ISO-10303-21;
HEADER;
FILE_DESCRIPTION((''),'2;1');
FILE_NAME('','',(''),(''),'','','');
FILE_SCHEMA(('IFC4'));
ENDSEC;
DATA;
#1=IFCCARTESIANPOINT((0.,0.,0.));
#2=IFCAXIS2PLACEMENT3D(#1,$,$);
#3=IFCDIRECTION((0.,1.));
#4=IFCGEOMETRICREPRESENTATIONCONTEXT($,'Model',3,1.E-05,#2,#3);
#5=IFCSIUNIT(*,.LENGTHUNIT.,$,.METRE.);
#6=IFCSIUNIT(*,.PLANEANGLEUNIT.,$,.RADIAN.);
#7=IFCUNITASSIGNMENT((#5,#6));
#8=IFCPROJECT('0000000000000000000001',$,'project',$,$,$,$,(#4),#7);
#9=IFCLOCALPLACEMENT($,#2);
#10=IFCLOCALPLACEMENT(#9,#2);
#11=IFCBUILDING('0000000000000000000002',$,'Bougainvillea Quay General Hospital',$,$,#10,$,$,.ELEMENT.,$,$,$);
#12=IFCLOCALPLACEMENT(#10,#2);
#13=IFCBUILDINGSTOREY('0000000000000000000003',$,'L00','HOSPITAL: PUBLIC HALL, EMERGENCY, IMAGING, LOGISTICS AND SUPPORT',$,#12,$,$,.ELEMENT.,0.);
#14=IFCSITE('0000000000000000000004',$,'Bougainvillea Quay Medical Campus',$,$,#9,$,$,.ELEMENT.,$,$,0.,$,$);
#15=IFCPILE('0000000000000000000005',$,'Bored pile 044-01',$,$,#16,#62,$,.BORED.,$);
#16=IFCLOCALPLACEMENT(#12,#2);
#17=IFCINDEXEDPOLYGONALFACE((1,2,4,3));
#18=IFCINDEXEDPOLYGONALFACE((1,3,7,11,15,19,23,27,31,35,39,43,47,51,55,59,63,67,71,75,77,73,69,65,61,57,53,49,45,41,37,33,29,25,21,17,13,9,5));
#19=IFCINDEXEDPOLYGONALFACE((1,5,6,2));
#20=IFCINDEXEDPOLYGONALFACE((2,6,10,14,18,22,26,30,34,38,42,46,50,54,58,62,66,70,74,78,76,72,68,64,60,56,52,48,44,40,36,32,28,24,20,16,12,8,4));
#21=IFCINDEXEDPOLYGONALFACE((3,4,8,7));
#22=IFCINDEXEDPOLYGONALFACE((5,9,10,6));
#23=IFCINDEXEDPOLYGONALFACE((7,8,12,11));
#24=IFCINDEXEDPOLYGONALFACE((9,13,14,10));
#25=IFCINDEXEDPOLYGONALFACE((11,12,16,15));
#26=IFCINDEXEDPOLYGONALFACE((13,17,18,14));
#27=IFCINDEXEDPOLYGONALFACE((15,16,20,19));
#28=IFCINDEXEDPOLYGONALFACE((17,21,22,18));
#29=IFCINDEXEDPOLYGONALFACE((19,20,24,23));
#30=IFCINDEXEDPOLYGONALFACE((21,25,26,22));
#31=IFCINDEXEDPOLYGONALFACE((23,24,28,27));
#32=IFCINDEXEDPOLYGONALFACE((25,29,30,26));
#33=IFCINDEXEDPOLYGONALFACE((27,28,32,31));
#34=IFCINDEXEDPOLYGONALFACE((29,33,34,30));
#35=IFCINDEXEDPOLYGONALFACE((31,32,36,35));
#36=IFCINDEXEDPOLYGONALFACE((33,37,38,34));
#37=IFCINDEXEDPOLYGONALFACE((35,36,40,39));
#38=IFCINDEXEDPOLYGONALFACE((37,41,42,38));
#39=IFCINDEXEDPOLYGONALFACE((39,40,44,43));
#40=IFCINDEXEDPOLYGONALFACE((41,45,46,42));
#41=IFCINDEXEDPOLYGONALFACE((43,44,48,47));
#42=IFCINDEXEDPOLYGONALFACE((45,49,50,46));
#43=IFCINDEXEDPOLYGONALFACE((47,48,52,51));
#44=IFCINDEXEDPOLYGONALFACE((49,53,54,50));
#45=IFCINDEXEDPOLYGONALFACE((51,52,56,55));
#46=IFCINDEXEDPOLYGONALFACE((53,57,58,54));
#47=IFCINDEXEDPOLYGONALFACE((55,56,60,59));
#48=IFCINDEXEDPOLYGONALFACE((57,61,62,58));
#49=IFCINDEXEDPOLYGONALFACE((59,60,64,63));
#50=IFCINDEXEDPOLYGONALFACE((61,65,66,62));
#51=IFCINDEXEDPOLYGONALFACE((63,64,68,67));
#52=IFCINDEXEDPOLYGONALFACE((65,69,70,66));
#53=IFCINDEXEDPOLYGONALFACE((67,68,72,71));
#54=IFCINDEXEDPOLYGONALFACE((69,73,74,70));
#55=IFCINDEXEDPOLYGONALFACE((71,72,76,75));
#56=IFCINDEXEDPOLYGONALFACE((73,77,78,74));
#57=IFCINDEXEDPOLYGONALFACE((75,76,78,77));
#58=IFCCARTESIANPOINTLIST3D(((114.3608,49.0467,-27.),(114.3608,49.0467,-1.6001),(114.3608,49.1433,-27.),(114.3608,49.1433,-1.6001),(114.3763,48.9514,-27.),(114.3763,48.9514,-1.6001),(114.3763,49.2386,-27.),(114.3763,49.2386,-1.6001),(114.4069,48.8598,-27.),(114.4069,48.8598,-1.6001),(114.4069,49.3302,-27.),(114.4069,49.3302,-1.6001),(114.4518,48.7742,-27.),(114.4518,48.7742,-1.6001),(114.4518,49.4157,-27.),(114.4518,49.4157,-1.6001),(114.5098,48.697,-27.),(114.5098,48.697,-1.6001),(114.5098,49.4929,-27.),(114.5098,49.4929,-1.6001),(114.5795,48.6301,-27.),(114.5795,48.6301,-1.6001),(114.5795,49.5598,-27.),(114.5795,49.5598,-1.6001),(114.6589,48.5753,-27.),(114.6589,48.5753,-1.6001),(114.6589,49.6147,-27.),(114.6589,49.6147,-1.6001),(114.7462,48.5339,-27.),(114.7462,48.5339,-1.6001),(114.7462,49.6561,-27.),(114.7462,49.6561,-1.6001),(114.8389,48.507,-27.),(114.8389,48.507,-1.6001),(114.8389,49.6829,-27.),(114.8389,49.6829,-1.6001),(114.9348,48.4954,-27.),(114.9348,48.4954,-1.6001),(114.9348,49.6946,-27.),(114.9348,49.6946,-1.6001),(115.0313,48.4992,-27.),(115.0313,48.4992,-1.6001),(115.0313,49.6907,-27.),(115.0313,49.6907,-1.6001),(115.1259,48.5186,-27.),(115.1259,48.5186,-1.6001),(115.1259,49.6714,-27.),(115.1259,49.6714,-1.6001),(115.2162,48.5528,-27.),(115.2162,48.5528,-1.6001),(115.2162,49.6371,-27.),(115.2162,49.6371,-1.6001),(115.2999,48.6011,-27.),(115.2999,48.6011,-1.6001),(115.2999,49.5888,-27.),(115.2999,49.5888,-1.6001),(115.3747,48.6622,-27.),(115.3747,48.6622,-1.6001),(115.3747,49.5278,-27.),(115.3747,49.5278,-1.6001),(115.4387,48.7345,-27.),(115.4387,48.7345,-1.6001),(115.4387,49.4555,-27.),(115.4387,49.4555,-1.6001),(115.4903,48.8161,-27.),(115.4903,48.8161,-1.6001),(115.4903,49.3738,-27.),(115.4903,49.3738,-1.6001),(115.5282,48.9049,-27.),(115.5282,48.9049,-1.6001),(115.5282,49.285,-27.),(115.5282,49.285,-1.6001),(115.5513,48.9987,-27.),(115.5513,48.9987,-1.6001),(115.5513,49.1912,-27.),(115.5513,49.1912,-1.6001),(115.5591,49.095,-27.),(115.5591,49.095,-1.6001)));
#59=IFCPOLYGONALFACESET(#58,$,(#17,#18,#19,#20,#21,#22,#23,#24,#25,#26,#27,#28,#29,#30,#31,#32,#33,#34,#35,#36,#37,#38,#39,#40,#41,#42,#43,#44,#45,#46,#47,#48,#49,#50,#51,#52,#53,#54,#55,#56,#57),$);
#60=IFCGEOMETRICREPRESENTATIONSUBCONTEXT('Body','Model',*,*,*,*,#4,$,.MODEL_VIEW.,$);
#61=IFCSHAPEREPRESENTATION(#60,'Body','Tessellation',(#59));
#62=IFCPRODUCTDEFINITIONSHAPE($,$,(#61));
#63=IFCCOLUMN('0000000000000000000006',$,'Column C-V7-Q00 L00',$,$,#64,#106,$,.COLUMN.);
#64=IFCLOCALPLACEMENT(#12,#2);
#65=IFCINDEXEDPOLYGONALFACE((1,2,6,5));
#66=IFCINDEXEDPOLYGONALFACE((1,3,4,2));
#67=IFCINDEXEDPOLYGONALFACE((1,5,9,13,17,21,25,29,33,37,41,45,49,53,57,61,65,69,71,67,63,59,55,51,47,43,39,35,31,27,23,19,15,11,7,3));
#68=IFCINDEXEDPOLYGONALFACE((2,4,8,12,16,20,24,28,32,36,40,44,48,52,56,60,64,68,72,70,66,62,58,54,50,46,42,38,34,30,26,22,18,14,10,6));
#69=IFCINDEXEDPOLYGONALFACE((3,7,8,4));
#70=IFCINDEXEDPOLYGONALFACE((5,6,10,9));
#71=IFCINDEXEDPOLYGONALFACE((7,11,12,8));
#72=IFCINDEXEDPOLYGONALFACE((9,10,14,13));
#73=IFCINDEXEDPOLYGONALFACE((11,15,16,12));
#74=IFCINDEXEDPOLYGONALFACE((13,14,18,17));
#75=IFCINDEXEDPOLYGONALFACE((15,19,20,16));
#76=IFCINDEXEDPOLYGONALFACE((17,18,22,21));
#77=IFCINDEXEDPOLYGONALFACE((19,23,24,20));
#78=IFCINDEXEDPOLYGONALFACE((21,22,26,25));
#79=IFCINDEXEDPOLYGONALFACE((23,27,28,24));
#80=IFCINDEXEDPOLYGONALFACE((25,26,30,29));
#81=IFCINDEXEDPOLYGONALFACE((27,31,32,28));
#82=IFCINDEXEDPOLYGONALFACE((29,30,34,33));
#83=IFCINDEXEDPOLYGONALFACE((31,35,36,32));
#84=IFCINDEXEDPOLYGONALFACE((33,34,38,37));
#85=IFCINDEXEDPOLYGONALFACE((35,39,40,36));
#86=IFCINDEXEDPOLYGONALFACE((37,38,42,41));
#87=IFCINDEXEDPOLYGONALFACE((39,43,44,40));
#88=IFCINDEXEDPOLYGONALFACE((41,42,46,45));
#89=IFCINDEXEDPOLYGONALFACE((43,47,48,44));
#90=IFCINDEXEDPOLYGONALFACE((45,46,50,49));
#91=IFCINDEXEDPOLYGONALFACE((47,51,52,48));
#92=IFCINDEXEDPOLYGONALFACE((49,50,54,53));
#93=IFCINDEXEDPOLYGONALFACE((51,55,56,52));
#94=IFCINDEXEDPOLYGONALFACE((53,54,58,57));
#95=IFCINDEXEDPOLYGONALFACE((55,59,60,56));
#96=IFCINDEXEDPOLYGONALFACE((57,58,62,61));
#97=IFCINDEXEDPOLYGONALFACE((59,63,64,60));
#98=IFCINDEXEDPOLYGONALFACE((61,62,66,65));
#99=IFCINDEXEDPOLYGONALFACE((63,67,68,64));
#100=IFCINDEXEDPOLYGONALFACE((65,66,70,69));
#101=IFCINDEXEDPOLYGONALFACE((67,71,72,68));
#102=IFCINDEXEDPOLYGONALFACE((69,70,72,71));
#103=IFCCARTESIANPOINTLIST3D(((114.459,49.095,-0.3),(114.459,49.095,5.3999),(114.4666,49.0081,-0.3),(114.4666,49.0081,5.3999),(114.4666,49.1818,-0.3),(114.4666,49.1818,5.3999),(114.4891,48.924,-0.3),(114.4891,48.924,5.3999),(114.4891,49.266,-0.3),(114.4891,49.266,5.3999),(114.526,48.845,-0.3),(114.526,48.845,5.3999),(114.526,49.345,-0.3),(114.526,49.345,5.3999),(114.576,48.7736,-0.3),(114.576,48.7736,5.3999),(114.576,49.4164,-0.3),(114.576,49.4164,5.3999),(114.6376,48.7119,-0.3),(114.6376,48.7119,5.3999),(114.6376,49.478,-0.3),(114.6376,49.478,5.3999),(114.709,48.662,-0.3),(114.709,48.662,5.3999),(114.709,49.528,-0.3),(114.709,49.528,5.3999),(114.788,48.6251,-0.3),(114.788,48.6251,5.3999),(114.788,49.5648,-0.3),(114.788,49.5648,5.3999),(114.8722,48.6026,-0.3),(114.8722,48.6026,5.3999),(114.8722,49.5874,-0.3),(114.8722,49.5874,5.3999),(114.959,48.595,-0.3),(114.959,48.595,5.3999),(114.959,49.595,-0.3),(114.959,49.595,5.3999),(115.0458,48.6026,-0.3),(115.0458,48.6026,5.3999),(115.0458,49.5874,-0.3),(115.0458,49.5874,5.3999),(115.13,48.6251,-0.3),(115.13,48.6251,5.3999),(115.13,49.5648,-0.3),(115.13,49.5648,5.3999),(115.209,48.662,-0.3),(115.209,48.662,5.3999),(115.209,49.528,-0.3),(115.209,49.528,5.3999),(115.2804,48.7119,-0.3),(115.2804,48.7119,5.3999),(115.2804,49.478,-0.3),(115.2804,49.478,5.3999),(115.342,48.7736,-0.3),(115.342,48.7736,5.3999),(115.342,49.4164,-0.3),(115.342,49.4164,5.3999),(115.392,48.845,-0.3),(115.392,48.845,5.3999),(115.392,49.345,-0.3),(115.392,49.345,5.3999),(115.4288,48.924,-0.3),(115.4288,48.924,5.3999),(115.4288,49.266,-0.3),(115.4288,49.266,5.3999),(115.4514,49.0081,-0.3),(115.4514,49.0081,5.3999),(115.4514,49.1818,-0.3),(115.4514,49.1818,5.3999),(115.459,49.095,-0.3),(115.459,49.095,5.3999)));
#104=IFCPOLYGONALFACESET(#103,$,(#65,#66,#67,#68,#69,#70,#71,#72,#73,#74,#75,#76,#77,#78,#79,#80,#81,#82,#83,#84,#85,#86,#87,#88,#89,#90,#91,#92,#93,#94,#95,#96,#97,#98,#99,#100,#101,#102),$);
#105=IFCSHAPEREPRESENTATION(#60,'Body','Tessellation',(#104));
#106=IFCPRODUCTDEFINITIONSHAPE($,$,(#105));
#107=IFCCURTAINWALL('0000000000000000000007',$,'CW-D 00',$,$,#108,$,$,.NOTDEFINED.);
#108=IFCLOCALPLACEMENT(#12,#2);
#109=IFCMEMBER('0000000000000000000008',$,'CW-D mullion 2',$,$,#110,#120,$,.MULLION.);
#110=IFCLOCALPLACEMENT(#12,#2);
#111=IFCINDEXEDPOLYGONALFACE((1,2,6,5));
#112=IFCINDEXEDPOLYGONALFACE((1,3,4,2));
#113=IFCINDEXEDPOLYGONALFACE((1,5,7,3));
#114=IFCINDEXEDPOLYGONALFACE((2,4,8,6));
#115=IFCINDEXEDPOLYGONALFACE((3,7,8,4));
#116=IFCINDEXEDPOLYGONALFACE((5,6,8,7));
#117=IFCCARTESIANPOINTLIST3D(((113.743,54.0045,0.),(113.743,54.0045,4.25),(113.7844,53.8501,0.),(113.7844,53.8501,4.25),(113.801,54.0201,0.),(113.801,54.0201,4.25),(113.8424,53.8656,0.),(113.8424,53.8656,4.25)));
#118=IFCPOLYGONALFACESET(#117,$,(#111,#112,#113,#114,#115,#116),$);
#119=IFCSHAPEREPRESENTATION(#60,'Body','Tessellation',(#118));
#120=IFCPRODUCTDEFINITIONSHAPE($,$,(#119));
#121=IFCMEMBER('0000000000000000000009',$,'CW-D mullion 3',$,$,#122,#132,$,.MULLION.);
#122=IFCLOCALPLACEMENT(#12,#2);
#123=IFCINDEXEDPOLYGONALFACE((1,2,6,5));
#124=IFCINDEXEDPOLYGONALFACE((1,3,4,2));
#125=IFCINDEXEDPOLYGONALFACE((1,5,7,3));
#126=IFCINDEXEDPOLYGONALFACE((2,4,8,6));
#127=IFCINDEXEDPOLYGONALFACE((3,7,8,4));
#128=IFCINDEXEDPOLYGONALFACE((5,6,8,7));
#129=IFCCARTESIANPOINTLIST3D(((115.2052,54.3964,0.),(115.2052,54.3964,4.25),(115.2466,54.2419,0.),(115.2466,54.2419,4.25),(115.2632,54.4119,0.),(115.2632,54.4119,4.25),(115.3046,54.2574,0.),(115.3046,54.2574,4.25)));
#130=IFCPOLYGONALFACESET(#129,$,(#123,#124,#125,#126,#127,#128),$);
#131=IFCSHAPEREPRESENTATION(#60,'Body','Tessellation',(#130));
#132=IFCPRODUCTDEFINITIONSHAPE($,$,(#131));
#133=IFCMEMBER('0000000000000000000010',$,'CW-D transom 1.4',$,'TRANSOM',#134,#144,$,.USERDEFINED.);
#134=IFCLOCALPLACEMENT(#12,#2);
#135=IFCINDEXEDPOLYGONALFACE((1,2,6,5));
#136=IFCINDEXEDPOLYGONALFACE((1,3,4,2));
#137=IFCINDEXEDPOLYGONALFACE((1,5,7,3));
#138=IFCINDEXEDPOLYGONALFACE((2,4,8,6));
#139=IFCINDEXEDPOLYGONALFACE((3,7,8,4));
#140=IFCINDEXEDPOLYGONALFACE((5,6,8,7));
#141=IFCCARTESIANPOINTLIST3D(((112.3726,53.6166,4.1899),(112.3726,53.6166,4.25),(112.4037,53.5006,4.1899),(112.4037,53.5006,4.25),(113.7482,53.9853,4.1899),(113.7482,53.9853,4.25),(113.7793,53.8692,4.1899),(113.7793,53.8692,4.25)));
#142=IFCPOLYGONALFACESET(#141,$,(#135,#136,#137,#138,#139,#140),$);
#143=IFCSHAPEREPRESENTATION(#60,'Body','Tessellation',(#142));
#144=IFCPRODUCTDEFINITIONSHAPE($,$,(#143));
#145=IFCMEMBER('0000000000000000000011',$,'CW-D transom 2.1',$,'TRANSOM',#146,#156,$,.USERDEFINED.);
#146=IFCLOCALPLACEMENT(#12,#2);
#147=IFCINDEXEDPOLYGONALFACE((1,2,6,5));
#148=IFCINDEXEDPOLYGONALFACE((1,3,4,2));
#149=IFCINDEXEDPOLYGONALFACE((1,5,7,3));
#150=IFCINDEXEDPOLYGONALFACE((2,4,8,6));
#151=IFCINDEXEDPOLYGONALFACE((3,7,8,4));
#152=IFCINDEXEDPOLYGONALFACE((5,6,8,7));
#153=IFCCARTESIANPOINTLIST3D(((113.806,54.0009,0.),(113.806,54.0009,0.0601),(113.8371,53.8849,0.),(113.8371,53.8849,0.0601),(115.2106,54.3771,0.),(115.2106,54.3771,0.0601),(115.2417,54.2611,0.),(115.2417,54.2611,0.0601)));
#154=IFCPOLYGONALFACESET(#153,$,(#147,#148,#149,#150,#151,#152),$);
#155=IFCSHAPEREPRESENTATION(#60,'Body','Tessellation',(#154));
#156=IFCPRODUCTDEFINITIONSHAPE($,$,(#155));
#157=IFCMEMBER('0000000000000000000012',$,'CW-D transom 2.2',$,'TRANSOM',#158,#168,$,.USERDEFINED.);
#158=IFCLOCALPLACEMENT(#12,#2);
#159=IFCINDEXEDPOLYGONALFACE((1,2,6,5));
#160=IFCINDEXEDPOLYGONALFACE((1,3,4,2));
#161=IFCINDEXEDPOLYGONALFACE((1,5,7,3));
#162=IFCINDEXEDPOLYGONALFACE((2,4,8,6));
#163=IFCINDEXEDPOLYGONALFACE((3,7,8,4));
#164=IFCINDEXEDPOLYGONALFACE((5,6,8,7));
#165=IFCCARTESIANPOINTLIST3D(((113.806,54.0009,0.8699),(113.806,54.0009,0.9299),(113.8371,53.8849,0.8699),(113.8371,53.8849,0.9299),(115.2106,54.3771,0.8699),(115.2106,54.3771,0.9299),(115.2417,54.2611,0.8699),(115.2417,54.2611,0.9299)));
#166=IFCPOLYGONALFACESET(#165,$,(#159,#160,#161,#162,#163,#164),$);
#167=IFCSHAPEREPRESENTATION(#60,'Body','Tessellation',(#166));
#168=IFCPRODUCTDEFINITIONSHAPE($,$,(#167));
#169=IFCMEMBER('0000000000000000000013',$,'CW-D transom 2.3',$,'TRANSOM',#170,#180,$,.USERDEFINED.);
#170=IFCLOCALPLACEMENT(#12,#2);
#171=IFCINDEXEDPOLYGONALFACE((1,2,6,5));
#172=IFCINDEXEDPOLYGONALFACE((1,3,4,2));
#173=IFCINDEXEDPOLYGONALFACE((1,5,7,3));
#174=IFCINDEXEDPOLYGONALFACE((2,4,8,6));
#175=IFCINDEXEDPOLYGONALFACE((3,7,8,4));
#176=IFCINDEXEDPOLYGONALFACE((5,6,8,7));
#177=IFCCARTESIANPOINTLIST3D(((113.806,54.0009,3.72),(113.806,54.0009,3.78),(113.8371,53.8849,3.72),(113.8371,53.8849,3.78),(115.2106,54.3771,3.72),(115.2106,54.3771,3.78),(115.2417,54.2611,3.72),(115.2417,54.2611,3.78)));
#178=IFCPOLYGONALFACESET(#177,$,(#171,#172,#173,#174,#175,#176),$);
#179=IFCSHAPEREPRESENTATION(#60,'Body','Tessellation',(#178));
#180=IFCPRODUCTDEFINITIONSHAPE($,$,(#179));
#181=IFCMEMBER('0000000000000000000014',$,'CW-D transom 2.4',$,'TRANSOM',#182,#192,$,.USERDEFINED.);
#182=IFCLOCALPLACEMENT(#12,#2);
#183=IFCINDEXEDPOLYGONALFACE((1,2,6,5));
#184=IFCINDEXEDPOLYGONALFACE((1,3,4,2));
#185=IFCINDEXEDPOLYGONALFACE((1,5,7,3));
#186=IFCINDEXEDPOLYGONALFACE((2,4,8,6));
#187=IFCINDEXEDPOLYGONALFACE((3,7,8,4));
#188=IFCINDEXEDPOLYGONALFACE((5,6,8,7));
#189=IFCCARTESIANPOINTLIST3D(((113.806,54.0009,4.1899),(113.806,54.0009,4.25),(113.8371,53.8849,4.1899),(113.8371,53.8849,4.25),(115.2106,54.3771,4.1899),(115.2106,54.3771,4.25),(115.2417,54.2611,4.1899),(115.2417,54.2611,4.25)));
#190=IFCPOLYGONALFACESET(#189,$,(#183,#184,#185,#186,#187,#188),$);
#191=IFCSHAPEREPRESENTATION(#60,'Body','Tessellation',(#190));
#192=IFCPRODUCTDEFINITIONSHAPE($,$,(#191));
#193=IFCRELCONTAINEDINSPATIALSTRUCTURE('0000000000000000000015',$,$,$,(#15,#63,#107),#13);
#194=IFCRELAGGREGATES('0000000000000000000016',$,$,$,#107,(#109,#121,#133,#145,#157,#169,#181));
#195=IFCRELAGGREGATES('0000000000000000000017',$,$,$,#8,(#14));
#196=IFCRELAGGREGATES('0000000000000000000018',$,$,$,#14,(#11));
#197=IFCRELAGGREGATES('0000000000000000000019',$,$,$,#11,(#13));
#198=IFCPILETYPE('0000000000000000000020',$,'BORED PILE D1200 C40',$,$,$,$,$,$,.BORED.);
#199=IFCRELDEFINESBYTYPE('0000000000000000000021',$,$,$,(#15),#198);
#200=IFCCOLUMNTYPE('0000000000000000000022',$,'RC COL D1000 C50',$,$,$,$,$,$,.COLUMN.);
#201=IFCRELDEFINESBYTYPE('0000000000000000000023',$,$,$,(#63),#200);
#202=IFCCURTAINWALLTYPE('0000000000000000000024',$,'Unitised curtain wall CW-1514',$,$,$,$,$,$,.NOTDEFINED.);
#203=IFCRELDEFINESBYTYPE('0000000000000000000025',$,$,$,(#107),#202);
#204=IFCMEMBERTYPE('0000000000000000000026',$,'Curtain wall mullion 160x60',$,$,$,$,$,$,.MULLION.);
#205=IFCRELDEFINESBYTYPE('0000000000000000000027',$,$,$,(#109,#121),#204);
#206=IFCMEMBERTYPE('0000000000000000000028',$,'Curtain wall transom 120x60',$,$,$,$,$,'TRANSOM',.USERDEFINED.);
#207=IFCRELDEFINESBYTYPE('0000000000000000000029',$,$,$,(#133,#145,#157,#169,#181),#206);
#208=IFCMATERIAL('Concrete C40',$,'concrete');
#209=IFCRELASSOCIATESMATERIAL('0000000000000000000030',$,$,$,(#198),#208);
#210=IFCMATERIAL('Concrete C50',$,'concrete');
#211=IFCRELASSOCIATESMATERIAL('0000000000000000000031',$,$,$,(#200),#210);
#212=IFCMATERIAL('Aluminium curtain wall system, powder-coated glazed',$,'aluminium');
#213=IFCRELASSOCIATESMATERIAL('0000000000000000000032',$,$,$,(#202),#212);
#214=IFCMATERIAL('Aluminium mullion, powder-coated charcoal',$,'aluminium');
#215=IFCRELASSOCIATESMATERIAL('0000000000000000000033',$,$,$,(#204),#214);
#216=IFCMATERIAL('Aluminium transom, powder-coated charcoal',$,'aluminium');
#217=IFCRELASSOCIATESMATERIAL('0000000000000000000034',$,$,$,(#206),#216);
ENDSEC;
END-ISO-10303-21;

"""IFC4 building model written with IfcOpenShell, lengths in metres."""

from ifc_helpers import new_model, si_unit, direction, frame, origin, origin_2d, place, context, subcontext, project, spatial, rectangle, circle, extrude, material, material_profile, profile_set, type_object, element, aggregate, save


model = new_model("IFC4")

# Units and contexts
model_context = context("Model", 3, precision=1e-05, world=origin(), true_north=direction((0.0, 1.0)))
body_context = subcontext(model_context, "Body", "Model", "MODEL_VIEW")
ifc_project = project(units=[si_unit("LENGTHUNIT", "METRE"), si_unit("PLANEANGLEUNIT", "RADIAN")], contexts=[model_context])

# Site, building, storey
site_placement = place(None, origin())
site = spatial("IfcSite", under=ifc_project, at=site_placement, Name="Bougainvillea Quay Medical Campus", CompositionType="ELEMENT", RefElevation=0.0)
building_placement = place(site_placement, origin())
building = spatial("IfcBuilding", under=site, at=building_placement, Name="Bougainvillea Quay General Hospital", CompositionType="ELEMENT")
storey_placement = place(building_placement, origin())
storey = spatial("IfcBuildingStorey", under=building, at=storey_placement, Name="L00", Description="HOSPITAL: PUBLIC HALL, EMERGENCY, IMAGING, LOGISTICS AND SUPPORT", CompositionType="ELEMENT", Elevation=0.0)

# Pile
ifc_material_1 = material(Name="Concrete C40", Category="concrete")
ifc_material_profile_1 = material_profile(ifc_material_1, circle(Radius=0.6001, at=origin_2d()))
ifc_profile_set_1 = profile_set([ifc_material_profile_1], Name="Concrete C40")
pile_type = type_object("IfcPileType", Name="BORED PILE D1200 C40", PredefinedType="BORED", material=ifc_profile_set_1)
pile_placement = place(storey_placement, frame((114.959, 49.095, -1.6001), z_axis=(0.0, 0.0, -1.0), x_axis=(1.0, 0.0, 0.0)))
element("IfcPile", 1, at=pile_placement, inside=storey, type_object=pile_type, Name="Bored pile 044-01", PredefinedType="BORED", context=body_context, shape_type="SweptSolid", body=[
    extrude(circle(Radius=0.6001, at=origin_2d()), origin(), (0.0, 0.0, 1.0), 25.3999),
])

# Column
ifc_material_2 = material(Name="Concrete C50", Category="concrete")
ifc_material_profile_2 = material_profile(ifc_material_2, circle(Radius=0.5, at=origin_2d()))
ifc_profile_set_2 = profile_set([ifc_material_profile_2], Name="Concrete C50")
column_type = type_object("IfcColumnType", Name="RC COL D1000 C50", PredefinedType="COLUMN", material=ifc_profile_set_2)
column_placement = place(storey_placement, frame((114.959, 49.095, -0.3), z_axis=(0.0, 0.0, 1.0), x_axis=(1.0, 0.0, 0.0)))
element("IfcColumn", 2, at=column_placement, inside=storey, type_object=column_type, Name="Column C-V7-Q00 L00", PredefinedType="COLUMN", context=body_context, shape_type="SweptSolid", body=[
    extrude(circle(Radius=0.5, at=origin_2d()), origin(), (0.0, 0.0, 1.0), 5.7),
])

# Curtain wall, members
ifc_material_3 = material(Name="Aluminium curtain wall system, powder-coated glazed", Category="aluminium")
curtain_wall_type = type_object("IfcCurtainWallType", Name="Unitised curtain wall CW-1514", PredefinedType="NOTDEFINED", material=ifc_material_3)
curtain_wall_placement = place(storey_placement, origin())
curtain_wall = element("IfcCurtainWall", 3, at=curtain_wall_placement, inside=storey, type_object=curtain_wall_type, Name="CW-D 00", PredefinedType="NOTDEFINED")
ifc_material_4 = material(Name="Aluminium mullion, powder-coated charcoal", Category="aluminium")
ifc_material_profile_3 = material_profile(ifc_material_4, rectangle(XDim=0.1599, YDim=0.0601, at=origin_2d()))
ifc_profile_set_3 = profile_set([ifc_material_profile_3], Name="Aluminium mullion, powder-coated charcoal")
member_type_1 = type_object("IfcMemberType", Name="Curtain wall mullion 160x60", PredefinedType="MULLION", material=ifc_profile_set_3)
member_1_placement = place(storey_placement, frame((113.7927, 53.9351, 0.0), z_axis=(0.0, 0.0, 1.0), x_axis=(-0.258855, 0.965916, 0.0)))
member_1 = element("IfcMember", 4, at=member_1_placement, type_object=member_type_1, Name="CW-D mullion 2", PredefinedType="MULLION", context=body_context, shape_type="SweptSolid", body=[
    extrude(rectangle(XDim=0.1599, YDim=0.0601, at=origin_2d()), origin(), (0.0, 0.0, 1.0), 4.25),
])
member_2_placement = place(storey_placement, frame((115.2549, 54.3269, 0.0), z_axis=(0.0, 0.0, 1.0), x_axis=(-0.258855, 0.965916, 0.0)))
member_2 = element("IfcMember", 5, at=member_2_placement, type_object=member_type_1, Name="CW-D mullion 3", PredefinedType="MULLION", context=body_context, shape_type="SweptSolid", body=[
    extrude(rectangle(XDim=0.1599, YDim=0.0601, at=origin_2d()), origin(), (0.0, 0.0, 1.0), 4.25),
])
ifc_material_5 = material(Name="Aluminium transom, powder-coated charcoal", Category="aluminium")
ifc_material_profile_4 = material_profile(ifc_material_5, rectangle(XDim=0.1201, YDim=0.0601, at=origin_2d()))
ifc_profile_set_4 = profile_set([ifc_material_profile_4], Name="Aluminium transom, powder-coated charcoal")
member_type_2 = type_object("IfcMemberType", Name="Curtain wall transom 120x60", ElementType="TRANSOM", PredefinedType="USERDEFINED", material=ifc_profile_set_4)
member_3_placement = place(storey_placement, frame((112.3882, 53.5586, 4.22), z_axis=(0.96591, 0.258879, 0.0), x_axis=(-0.258879, 0.96591, 0.0)))
member_3 = element("IfcMember", 6, at=member_3_placement, type_object=member_type_2, Name="CW-D transom 1.4", ObjectType="TRANSOM", PredefinedType="USERDEFINED", context=body_context, shape_type="SweptSolid", body=[
    extrude(rectangle(XDim=0.1201, YDim=0.0601, at=origin_2d()), origin(), (0.0, 0.0, 1.0), 1.4241),
])
member_4_placement = place(storey_placement, frame((113.8215, 53.9429, 0.03), z_axis=(0.965947, 0.258739, 0.0), x_axis=(-0.258739, 0.965947, 0.0)))
member_4 = element("IfcMember", 7, at=member_4_placement, type_object=member_type_2, Name="CW-D transom 2.1", ObjectType="TRANSOM", PredefinedType="USERDEFINED", context=body_context, shape_type="SweptSolid", body=[
    extrude(rectangle(XDim=0.1201, YDim=0.0601, at=origin_2d()), origin(), (0.0, 0.0, 1.0), 1.4541),
])
member_5_placement = place(storey_placement, frame((113.8215, 53.9429, 0.8999), z_axis=(0.965947, 0.258739, 0.0), x_axis=(-0.258739, 0.965947, 0.0)))
member_5 = element("IfcMember", 8, at=member_5_placement, type_object=member_type_2, Name="CW-D transom 2.2", ObjectType="TRANSOM", PredefinedType="USERDEFINED", context=body_context, shape_type="SweptSolid", body=[
    extrude(rectangle(XDim=0.1201, YDim=0.0601, at=origin_2d()), origin(), (0.0, 0.0, 1.0), 1.4541),
])
member_6_placement = place(storey_placement, frame((113.8215, 53.9429, 3.75), z_axis=(0.965947, 0.258739, 0.0), x_axis=(-0.258739, 0.965947, 0.0)))
member_6 = element("IfcMember", 9, at=member_6_placement, type_object=member_type_2, Name="CW-D transom 2.3", ObjectType="TRANSOM", PredefinedType="USERDEFINED", context=body_context, shape_type="SweptSolid", body=[
    extrude(rectangle(XDim=0.1201, YDim=0.0601, at=origin_2d()), origin(), (0.0, 0.0, 1.0), 1.4541),
])
member_7_placement = place(storey_placement, frame((113.8215, 53.9429, 4.22), z_axis=(0.965947, 0.258739, 0.0), x_axis=(-0.258739, 0.965947, 0.0)))
member_7 = element("IfcMember", 10, at=member_7_placement, type_object=member_type_2, Name="CW-D transom 2.4", ObjectType="TRANSOM", PredefinedType="USERDEFINED", context=body_context, shape_type="SweptSolid", body=[
    extrude(rectangle(XDim=0.1201, YDim=0.0601, at=origin_2d()), origin(), (0.0, 0.0, 1.0), 1.4541),
])
aggregate(curtain_wall, [member_1, member_2, member_3, member_4, member_5, member_6, member_7])

save(model, "model.ifc")
